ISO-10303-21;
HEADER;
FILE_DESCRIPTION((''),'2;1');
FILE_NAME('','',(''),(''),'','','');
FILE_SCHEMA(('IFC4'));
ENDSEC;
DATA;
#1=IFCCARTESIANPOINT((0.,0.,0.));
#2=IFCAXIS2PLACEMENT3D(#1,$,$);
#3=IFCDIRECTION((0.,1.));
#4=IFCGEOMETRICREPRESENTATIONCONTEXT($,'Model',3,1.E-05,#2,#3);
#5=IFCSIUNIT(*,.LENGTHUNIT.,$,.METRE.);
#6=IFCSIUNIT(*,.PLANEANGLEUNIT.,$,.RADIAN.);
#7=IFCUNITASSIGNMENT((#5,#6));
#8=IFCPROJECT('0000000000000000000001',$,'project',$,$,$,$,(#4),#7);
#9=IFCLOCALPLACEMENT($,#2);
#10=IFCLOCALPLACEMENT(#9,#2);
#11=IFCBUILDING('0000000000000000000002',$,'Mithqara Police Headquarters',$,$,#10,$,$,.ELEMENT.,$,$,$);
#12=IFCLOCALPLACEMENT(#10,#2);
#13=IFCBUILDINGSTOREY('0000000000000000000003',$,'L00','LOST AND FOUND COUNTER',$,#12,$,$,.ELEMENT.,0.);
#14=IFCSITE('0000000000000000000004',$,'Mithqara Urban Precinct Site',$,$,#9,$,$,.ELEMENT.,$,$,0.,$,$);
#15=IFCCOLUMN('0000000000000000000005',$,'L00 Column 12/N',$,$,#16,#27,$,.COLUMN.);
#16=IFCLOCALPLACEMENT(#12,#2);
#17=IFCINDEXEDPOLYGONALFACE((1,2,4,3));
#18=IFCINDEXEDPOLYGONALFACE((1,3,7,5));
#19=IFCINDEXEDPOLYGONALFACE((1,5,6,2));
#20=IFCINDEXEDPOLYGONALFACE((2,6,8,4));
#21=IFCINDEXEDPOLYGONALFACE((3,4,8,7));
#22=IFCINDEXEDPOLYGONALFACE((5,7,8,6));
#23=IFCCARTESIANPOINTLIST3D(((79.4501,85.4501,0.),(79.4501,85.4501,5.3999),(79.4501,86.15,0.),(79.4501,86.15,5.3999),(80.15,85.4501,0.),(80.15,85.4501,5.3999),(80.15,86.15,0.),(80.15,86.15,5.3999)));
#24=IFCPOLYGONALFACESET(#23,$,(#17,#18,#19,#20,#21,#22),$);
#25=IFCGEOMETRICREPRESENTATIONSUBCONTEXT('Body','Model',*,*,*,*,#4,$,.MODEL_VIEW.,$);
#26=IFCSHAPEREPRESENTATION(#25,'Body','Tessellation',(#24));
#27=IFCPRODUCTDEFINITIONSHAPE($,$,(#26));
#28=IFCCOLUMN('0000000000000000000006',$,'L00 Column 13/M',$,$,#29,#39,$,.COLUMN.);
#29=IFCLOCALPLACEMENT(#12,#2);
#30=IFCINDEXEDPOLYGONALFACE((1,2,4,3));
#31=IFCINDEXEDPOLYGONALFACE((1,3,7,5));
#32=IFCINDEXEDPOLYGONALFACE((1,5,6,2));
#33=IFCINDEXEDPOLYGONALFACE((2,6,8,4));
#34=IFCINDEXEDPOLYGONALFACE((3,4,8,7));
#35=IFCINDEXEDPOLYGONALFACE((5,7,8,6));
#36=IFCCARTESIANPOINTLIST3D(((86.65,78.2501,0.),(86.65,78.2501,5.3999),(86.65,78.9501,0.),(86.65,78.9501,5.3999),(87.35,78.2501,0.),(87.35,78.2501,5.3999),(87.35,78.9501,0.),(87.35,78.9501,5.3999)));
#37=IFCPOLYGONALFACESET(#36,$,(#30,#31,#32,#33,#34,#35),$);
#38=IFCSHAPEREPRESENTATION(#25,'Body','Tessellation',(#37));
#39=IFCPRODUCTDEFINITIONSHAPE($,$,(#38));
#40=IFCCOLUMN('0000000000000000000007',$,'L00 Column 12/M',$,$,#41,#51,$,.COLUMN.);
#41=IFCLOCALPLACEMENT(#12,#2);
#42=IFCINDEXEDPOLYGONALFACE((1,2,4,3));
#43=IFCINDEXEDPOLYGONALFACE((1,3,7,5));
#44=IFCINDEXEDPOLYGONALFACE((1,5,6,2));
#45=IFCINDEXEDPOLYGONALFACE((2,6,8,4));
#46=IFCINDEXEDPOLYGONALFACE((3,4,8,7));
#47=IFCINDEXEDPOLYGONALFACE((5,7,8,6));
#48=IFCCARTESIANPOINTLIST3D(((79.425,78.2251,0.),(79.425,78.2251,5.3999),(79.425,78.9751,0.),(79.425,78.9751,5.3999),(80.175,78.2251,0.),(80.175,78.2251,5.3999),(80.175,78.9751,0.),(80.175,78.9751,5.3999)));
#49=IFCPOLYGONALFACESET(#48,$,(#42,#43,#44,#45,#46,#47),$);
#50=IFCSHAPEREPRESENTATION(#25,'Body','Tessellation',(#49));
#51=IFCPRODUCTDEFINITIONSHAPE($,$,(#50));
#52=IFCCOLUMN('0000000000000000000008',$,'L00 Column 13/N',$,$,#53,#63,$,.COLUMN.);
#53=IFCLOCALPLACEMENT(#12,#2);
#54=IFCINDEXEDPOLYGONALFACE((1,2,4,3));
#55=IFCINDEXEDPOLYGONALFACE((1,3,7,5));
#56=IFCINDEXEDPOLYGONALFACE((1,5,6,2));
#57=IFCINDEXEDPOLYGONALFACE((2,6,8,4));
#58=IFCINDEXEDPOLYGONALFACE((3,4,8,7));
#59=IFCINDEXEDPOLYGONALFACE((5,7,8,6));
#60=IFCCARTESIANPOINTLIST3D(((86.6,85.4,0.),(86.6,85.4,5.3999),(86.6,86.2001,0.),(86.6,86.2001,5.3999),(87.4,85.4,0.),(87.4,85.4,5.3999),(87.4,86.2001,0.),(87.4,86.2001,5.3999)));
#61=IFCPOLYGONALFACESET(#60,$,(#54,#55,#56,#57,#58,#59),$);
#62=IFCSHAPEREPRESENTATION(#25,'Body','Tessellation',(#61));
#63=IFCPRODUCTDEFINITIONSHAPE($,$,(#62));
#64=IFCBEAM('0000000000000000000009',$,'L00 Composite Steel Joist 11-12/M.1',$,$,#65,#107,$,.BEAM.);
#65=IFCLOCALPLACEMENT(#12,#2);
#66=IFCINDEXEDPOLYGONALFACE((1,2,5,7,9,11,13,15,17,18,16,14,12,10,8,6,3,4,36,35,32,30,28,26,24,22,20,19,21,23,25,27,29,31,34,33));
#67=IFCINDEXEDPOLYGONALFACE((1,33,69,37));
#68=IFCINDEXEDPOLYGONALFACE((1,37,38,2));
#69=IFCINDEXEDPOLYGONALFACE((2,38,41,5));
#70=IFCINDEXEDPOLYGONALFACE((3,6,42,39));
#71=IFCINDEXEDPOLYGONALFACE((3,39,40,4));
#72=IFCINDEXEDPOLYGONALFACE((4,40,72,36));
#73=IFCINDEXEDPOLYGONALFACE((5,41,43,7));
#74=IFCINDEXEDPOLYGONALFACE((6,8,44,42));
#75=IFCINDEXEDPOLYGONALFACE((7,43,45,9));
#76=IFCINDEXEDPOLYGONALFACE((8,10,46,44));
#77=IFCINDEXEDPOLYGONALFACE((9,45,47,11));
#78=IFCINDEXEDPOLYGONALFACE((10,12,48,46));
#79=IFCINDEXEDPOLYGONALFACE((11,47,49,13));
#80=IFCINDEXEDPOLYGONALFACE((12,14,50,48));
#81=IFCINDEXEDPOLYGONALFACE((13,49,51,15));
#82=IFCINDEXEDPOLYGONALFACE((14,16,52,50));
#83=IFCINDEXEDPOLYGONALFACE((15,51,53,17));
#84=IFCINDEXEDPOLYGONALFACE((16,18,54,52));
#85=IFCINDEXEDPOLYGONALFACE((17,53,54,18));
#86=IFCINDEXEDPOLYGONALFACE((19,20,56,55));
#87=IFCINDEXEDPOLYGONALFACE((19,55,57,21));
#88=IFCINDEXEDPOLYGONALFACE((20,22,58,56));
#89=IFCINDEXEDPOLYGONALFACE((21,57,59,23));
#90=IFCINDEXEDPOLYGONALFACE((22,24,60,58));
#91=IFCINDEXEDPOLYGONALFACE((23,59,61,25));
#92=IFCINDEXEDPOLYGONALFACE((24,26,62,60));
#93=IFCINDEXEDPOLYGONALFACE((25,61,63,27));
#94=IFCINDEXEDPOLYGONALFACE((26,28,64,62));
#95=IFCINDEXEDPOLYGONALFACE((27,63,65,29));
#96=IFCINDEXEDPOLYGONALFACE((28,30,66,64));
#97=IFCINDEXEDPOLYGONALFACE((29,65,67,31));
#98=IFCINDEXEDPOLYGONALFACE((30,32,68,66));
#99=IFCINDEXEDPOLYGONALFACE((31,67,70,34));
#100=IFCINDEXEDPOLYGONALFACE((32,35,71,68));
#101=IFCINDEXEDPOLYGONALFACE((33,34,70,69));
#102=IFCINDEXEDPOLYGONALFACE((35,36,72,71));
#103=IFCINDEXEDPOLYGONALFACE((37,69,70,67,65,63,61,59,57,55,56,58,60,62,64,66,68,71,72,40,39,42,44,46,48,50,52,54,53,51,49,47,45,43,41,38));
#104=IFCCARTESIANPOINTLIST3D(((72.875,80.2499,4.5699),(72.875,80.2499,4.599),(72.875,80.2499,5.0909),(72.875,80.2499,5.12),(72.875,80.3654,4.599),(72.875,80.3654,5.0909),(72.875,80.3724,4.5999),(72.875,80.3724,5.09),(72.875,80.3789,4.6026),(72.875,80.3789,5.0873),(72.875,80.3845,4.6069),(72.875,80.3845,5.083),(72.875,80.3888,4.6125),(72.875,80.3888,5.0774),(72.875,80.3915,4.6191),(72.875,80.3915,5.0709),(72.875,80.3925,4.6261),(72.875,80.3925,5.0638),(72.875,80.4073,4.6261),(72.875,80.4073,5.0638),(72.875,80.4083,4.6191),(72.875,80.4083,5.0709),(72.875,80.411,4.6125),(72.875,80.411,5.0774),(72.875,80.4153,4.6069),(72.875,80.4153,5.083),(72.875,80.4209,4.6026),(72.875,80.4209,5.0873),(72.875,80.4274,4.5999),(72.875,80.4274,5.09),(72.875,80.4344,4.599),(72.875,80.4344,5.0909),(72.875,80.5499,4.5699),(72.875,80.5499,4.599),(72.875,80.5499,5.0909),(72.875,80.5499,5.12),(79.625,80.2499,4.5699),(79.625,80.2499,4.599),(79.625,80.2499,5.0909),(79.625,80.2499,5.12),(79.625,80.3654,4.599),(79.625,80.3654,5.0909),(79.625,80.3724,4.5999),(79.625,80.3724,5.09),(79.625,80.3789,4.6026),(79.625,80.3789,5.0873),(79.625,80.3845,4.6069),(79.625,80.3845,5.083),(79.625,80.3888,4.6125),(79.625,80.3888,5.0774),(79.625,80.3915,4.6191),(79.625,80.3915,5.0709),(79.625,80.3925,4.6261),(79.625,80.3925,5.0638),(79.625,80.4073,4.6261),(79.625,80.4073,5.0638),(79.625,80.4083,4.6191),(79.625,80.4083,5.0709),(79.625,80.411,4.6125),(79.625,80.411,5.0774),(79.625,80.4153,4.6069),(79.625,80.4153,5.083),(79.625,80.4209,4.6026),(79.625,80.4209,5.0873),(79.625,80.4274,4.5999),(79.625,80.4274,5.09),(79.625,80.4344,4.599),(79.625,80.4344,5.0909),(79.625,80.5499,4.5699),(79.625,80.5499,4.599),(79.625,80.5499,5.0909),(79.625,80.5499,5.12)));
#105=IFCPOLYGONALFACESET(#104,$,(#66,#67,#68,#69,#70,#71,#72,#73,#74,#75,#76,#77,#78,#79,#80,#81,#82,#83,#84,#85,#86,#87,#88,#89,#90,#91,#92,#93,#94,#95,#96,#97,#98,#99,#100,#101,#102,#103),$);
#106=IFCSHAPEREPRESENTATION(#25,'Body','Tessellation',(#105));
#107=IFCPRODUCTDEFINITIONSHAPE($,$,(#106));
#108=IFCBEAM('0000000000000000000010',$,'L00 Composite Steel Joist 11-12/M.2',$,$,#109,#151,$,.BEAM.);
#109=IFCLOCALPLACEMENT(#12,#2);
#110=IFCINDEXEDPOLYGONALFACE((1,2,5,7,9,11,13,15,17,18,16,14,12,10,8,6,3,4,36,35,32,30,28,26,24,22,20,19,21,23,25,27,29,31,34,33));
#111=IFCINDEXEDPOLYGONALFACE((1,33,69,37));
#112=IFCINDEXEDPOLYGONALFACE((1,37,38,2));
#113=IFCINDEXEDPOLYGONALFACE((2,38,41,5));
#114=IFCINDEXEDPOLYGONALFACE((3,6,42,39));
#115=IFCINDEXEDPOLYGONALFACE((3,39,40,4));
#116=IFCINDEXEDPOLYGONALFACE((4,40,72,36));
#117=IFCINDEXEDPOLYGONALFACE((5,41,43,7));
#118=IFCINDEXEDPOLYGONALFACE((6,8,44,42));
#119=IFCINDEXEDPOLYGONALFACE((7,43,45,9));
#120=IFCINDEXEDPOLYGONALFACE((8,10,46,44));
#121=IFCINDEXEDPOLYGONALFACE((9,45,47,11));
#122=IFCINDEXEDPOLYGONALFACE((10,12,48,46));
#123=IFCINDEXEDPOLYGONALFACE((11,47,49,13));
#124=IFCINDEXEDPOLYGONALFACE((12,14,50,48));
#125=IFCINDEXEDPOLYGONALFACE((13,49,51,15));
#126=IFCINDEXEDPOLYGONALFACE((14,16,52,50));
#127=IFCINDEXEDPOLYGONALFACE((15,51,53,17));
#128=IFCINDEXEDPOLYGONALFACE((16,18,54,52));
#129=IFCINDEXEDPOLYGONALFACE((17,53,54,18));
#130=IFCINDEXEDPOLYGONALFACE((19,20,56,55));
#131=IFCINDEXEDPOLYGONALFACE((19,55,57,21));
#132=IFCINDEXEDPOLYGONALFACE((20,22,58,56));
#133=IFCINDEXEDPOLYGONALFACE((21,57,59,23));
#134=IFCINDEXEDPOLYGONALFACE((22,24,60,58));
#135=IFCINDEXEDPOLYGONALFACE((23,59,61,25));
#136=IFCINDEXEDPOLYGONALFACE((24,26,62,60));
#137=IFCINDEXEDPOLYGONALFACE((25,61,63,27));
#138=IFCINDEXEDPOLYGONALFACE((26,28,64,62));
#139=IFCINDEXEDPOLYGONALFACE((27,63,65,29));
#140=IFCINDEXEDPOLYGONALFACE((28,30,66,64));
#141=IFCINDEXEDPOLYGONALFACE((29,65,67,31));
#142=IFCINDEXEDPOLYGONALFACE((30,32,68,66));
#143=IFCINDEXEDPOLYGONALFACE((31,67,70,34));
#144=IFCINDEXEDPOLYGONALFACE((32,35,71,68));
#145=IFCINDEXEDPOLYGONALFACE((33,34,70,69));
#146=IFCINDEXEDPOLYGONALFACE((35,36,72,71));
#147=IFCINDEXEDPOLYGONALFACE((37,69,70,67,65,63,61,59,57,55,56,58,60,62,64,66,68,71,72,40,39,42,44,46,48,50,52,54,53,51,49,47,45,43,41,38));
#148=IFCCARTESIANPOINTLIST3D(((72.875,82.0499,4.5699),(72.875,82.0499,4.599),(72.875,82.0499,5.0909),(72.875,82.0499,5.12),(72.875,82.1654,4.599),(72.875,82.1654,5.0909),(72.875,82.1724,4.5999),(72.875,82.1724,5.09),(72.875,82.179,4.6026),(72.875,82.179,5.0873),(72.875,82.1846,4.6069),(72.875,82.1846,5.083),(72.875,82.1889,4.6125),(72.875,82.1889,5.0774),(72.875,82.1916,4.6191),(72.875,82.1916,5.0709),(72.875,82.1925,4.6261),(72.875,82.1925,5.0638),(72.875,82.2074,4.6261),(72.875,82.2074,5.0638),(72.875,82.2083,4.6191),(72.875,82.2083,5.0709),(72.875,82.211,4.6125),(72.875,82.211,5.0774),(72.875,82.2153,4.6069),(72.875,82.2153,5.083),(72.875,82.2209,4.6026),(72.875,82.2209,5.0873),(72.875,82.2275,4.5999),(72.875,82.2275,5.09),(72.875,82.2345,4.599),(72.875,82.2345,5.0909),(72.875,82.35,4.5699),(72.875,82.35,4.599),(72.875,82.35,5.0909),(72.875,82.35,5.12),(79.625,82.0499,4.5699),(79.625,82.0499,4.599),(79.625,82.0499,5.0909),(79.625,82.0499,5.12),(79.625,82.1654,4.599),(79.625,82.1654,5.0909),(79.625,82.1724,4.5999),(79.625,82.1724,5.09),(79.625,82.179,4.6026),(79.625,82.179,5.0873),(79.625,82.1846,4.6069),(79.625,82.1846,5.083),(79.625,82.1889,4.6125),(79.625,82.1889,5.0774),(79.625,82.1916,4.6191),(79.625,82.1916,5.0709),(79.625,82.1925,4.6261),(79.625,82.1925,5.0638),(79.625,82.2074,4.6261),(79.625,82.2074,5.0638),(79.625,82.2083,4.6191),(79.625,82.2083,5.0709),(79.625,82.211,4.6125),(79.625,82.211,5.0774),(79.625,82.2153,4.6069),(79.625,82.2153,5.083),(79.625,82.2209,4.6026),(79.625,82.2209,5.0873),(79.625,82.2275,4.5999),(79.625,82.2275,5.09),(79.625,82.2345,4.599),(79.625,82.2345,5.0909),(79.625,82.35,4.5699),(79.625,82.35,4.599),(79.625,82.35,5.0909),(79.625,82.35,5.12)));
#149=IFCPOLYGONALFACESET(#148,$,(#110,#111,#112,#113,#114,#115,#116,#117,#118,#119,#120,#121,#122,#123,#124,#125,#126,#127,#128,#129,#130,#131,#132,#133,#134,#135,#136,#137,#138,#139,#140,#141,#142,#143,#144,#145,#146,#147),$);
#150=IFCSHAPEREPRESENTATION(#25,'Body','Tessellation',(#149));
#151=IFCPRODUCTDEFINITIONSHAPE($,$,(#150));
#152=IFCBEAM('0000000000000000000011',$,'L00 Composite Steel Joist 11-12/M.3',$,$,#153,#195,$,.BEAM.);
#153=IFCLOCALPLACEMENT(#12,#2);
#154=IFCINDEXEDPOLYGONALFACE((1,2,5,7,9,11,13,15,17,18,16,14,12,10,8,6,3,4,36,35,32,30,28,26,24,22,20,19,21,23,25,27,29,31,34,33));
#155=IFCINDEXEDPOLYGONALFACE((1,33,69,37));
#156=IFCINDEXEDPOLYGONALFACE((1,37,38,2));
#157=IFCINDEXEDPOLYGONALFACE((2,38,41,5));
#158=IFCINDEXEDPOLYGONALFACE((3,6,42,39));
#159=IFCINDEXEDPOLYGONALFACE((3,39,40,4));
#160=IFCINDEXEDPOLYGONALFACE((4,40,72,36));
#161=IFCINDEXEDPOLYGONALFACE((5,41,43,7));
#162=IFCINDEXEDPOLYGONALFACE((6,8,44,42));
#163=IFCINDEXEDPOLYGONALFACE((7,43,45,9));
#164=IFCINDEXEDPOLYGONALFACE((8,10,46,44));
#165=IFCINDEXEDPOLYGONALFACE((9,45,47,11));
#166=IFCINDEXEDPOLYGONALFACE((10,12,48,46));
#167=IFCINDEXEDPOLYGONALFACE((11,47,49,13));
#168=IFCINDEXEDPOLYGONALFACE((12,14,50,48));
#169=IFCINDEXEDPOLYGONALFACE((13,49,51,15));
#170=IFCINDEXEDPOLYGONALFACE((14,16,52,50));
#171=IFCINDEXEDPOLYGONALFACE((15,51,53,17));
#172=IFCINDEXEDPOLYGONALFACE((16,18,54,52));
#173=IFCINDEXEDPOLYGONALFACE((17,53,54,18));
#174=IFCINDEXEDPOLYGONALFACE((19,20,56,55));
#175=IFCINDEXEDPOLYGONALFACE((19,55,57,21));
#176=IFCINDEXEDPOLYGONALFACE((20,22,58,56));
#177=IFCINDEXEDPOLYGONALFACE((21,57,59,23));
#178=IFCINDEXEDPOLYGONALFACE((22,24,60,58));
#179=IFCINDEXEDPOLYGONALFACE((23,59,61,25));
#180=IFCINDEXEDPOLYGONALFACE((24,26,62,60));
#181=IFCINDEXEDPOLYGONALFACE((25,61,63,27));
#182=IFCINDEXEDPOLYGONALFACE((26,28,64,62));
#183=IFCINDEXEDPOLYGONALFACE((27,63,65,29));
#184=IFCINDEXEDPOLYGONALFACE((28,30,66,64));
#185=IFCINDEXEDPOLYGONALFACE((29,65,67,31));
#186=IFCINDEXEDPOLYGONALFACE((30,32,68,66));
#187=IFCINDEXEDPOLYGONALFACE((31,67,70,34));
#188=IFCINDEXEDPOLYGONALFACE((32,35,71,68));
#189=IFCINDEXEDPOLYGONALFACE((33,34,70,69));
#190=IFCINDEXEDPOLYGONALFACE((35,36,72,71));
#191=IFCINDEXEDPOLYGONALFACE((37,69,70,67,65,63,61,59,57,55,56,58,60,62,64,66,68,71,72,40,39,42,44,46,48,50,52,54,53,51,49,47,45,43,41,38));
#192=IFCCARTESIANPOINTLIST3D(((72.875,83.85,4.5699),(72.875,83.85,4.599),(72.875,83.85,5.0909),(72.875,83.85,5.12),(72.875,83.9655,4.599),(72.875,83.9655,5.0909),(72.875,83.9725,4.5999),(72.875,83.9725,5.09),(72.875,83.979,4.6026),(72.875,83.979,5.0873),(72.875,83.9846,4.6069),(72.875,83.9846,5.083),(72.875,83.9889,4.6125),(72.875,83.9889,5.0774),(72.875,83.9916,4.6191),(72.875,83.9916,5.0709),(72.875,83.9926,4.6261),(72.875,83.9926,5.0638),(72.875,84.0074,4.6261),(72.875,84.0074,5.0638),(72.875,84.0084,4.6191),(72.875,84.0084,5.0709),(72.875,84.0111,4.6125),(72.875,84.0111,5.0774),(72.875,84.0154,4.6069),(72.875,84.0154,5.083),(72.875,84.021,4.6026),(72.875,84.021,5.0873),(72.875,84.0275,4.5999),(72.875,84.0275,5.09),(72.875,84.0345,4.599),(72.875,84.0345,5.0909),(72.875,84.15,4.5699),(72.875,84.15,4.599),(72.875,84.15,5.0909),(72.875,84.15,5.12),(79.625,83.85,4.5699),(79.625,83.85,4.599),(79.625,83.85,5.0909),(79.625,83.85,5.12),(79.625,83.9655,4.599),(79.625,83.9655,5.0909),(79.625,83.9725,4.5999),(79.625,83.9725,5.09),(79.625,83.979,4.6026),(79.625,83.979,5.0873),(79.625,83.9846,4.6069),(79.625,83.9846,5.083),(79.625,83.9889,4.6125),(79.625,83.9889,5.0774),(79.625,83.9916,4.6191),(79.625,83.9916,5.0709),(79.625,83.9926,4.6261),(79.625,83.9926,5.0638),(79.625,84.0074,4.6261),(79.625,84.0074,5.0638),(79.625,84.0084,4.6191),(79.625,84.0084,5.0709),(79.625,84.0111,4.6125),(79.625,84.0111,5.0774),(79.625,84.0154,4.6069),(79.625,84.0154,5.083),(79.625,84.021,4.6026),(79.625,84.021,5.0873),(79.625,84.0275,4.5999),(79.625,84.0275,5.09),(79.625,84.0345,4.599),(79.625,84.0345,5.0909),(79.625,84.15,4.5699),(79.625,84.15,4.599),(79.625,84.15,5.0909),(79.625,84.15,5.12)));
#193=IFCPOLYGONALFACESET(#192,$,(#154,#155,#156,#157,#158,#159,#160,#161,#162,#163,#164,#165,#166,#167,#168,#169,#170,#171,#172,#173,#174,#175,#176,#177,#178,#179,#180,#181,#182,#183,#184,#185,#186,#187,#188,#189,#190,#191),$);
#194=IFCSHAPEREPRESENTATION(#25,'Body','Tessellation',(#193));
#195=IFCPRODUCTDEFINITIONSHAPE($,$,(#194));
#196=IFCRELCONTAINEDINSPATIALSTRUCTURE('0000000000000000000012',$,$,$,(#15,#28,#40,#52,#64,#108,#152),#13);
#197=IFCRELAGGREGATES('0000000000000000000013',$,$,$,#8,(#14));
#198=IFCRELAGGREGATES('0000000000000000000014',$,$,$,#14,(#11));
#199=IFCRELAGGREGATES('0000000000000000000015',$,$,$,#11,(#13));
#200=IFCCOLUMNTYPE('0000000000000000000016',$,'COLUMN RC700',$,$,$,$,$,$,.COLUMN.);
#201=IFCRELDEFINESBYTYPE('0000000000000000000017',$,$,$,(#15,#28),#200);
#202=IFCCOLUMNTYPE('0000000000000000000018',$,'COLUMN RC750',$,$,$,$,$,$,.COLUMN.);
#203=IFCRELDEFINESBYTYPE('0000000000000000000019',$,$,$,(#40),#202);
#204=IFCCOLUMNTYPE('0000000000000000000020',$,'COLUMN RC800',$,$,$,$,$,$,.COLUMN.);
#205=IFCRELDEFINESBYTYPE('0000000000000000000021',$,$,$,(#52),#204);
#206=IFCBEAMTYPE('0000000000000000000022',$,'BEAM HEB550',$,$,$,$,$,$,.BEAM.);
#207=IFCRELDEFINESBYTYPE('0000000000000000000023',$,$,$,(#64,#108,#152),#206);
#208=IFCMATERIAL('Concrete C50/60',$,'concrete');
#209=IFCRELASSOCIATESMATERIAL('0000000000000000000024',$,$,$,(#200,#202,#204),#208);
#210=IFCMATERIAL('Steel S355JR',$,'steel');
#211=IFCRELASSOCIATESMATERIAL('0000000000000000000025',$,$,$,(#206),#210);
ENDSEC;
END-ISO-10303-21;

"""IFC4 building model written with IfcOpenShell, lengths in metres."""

from ifc_helpers import new_model, si_unit, direction, frame, origin, origin_2d, place, context, subcontext, project, spatial, rectangle, i_section, extrude, material, material_profile, profile_set, type_object, element, save


model = new_model("IFC4")

# Units and contexts
model_context = context("Model", 3, precision=1e-05, world=origin(), true_north=direction((0.0, 1.0)))
body_context = subcontext(model_context, "Body", "Model", "MODEL_VIEW")
ifc_project = project(units=[si_unit("LENGTHUNIT", "METRE"), si_unit("PLANEANGLEUNIT", "RADIAN")], contexts=[model_context])

# Site, building, storey
site_placement = place(None, origin())
site = spatial("IfcSite", under=ifc_project, at=site_placement, Name="Mithqara Urban Precinct Site", CompositionType="ELEMENT", RefElevation=0.0)
building_placement = place(site_placement, origin())
building = spatial("IfcBuilding", under=site, at=building_placement, Name="Mithqara Police Headquarters", CompositionType="ELEMENT")
storey_placement = place(building_placement, origin())
storey = spatial("IfcBuildingStorey", under=building, at=storey_placement, Name="L00", Description="LOST AND FOUND COUNTER", CompositionType="ELEMENT", Elevation=0.0)

# Columns
ifc_material_1 = material(Name="Concrete C50/60", Category="concrete")
ifc_material_profile_1 = material_profile(ifc_material_1, rectangle(XDim=0.7, YDim=0.7, at=origin_2d()), Name="RC 700x700")
ifc_profile_set_1 = profile_set([ifc_material_profile_1], Name="Concrete C50/60")
column_type_1 = type_object("IfcColumnType", Name="COLUMN RC700", PredefinedType="COLUMN", material=ifc_profile_set_1)
for number, where, z_axis, x_axis, name in (
    (1, (79.8, 85.8, 0.0), (0.0, 0.0, 1.0), (1.0, 0.0, 0.0), "L00 Column 12/N"),
    (2, (87.0, 78.6001, 0.0), (0.0, 0.0, 1.0), (1.0, 0.0, 0.0), "L00 Column 13/M"),
):
    element("IfcColumn", number, at=place(storey_placement, frame(where, z_axis=z_axis, x_axis=x_axis)), inside=storey, type_object=column_type_1, Name=name, PredefinedType="COLUMN", context=body_context, shape_type="SweptSolid", body=[
        extrude(rectangle(XDim=0.7, YDim=0.7, at=origin_2d()), origin(), (0.0, 0.0, 1.0), 5.3999),
    ])
ifc_material_profile_2 = material_profile(ifc_material_1, rectangle(XDim=0.75, YDim=0.75, at=origin_2d()), Name="RC 750x750")
ifc_profile_set_2 = profile_set([ifc_material_profile_2], Name="Concrete C50/60")
column_type_2 = type_object("IfcColumnType", Name="COLUMN RC750", PredefinedType="COLUMN", material=ifc_profile_set_2)
column_1_placement = place(storey_placement, frame((79.8, 78.6001, 0.0), z_axis=(0.0, 0.0, 1.0), x_axis=(1.0, 0.0, 0.0)))
element("IfcColumn", 3, at=column_1_placement, inside=storey, type_object=column_type_2, Name="L00 Column 12/M", PredefinedType="COLUMN", context=body_context, shape_type="SweptSolid", body=[
    extrude(rectangle(XDim=0.75, YDim=0.75, at=origin_2d()), origin(), (0.0, 0.0, 1.0), 5.3999),
])
ifc_material_profile_3 = material_profile(ifc_material_1, rectangle(XDim=0.8, YDim=0.8, at=origin_2d()), Name="RC 800x800")
ifc_profile_set_3 = profile_set([ifc_material_profile_3], Name="Concrete C50/60")
column_type_3 = type_object("IfcColumnType", Name="COLUMN RC800", PredefinedType="COLUMN", material=ifc_profile_set_3)
column_2_placement = place(storey_placement, frame((87.0, 85.8, 0.0), z_axis=(0.0, 0.0, 1.0), x_axis=(1.0, 0.0, 0.0)))
element("IfcColumn", 4, at=column_2_placement, inside=storey, type_object=column_type_3, Name="L00 Column 13/N", PredefinedType="COLUMN", context=body_context, shape_type="SweptSolid", body=[
    extrude(rectangle(XDim=0.8, YDim=0.8, at=origin_2d()), origin(), (0.0, 0.0, 1.0), 5.3999),
])

# Beams
ifc_material_2 = material(Name="Steel S355JR", Category="steel")
ifc_material_profile_4 = material_profile(ifc_material_2, i_section(OverallWidth=0.3, OverallDepth=0.55, WebThickness=0.0149, FlangeThickness=0.0291, FilletRadius=0.0271, at=origin_2d()), Name="HEB 550")
ifc_profile_set_4 = profile_set([ifc_material_profile_4], Name="Steel S355JR")
beam_type_1 = type_object("IfcBeamType", Name="BEAM HEB550", PredefinedType="BEAM", material=ifc_profile_set_4)
for number, where, z_axis, x_axis, name in (
    (5, (72.875, 80.3999, 4.845), (1.0, 0.0, 0.0), (0.0, 1.0, 0.0), "L00 Composite Steel Joist 11-12/M.1"),
    (6, (72.875, 82.2, 4.845), (1.0, 0.0, 0.0), (0.0, 1.0, 0.0), "L00 Composite Steel Joist 11-12/M.2"),
    (7, (72.875, 84.0, 4.845), (1.0, 0.0, 0.0), (0.0, 1.0, 0.0), "L00 Composite Steel Joist 11-12/M.3"),
):
    element("IfcBeam", number, at=place(storey_placement, frame(where, z_axis=z_axis, x_axis=x_axis)), inside=storey, type_object=beam_type_1, Name=name, PredefinedType="BEAM", context=body_context, shape_type="SweptSolid", body=[
        extrude(i_section(OverallWidth=0.3, OverallDepth=0.55, WebThickness=0.0149, FlangeThickness=0.0291, FilletRadius=0.0271, at=origin_2d()), origin(), (0.0, 0.0, 1.0), 6.75),
    ])

save(model, "model.ifc")
